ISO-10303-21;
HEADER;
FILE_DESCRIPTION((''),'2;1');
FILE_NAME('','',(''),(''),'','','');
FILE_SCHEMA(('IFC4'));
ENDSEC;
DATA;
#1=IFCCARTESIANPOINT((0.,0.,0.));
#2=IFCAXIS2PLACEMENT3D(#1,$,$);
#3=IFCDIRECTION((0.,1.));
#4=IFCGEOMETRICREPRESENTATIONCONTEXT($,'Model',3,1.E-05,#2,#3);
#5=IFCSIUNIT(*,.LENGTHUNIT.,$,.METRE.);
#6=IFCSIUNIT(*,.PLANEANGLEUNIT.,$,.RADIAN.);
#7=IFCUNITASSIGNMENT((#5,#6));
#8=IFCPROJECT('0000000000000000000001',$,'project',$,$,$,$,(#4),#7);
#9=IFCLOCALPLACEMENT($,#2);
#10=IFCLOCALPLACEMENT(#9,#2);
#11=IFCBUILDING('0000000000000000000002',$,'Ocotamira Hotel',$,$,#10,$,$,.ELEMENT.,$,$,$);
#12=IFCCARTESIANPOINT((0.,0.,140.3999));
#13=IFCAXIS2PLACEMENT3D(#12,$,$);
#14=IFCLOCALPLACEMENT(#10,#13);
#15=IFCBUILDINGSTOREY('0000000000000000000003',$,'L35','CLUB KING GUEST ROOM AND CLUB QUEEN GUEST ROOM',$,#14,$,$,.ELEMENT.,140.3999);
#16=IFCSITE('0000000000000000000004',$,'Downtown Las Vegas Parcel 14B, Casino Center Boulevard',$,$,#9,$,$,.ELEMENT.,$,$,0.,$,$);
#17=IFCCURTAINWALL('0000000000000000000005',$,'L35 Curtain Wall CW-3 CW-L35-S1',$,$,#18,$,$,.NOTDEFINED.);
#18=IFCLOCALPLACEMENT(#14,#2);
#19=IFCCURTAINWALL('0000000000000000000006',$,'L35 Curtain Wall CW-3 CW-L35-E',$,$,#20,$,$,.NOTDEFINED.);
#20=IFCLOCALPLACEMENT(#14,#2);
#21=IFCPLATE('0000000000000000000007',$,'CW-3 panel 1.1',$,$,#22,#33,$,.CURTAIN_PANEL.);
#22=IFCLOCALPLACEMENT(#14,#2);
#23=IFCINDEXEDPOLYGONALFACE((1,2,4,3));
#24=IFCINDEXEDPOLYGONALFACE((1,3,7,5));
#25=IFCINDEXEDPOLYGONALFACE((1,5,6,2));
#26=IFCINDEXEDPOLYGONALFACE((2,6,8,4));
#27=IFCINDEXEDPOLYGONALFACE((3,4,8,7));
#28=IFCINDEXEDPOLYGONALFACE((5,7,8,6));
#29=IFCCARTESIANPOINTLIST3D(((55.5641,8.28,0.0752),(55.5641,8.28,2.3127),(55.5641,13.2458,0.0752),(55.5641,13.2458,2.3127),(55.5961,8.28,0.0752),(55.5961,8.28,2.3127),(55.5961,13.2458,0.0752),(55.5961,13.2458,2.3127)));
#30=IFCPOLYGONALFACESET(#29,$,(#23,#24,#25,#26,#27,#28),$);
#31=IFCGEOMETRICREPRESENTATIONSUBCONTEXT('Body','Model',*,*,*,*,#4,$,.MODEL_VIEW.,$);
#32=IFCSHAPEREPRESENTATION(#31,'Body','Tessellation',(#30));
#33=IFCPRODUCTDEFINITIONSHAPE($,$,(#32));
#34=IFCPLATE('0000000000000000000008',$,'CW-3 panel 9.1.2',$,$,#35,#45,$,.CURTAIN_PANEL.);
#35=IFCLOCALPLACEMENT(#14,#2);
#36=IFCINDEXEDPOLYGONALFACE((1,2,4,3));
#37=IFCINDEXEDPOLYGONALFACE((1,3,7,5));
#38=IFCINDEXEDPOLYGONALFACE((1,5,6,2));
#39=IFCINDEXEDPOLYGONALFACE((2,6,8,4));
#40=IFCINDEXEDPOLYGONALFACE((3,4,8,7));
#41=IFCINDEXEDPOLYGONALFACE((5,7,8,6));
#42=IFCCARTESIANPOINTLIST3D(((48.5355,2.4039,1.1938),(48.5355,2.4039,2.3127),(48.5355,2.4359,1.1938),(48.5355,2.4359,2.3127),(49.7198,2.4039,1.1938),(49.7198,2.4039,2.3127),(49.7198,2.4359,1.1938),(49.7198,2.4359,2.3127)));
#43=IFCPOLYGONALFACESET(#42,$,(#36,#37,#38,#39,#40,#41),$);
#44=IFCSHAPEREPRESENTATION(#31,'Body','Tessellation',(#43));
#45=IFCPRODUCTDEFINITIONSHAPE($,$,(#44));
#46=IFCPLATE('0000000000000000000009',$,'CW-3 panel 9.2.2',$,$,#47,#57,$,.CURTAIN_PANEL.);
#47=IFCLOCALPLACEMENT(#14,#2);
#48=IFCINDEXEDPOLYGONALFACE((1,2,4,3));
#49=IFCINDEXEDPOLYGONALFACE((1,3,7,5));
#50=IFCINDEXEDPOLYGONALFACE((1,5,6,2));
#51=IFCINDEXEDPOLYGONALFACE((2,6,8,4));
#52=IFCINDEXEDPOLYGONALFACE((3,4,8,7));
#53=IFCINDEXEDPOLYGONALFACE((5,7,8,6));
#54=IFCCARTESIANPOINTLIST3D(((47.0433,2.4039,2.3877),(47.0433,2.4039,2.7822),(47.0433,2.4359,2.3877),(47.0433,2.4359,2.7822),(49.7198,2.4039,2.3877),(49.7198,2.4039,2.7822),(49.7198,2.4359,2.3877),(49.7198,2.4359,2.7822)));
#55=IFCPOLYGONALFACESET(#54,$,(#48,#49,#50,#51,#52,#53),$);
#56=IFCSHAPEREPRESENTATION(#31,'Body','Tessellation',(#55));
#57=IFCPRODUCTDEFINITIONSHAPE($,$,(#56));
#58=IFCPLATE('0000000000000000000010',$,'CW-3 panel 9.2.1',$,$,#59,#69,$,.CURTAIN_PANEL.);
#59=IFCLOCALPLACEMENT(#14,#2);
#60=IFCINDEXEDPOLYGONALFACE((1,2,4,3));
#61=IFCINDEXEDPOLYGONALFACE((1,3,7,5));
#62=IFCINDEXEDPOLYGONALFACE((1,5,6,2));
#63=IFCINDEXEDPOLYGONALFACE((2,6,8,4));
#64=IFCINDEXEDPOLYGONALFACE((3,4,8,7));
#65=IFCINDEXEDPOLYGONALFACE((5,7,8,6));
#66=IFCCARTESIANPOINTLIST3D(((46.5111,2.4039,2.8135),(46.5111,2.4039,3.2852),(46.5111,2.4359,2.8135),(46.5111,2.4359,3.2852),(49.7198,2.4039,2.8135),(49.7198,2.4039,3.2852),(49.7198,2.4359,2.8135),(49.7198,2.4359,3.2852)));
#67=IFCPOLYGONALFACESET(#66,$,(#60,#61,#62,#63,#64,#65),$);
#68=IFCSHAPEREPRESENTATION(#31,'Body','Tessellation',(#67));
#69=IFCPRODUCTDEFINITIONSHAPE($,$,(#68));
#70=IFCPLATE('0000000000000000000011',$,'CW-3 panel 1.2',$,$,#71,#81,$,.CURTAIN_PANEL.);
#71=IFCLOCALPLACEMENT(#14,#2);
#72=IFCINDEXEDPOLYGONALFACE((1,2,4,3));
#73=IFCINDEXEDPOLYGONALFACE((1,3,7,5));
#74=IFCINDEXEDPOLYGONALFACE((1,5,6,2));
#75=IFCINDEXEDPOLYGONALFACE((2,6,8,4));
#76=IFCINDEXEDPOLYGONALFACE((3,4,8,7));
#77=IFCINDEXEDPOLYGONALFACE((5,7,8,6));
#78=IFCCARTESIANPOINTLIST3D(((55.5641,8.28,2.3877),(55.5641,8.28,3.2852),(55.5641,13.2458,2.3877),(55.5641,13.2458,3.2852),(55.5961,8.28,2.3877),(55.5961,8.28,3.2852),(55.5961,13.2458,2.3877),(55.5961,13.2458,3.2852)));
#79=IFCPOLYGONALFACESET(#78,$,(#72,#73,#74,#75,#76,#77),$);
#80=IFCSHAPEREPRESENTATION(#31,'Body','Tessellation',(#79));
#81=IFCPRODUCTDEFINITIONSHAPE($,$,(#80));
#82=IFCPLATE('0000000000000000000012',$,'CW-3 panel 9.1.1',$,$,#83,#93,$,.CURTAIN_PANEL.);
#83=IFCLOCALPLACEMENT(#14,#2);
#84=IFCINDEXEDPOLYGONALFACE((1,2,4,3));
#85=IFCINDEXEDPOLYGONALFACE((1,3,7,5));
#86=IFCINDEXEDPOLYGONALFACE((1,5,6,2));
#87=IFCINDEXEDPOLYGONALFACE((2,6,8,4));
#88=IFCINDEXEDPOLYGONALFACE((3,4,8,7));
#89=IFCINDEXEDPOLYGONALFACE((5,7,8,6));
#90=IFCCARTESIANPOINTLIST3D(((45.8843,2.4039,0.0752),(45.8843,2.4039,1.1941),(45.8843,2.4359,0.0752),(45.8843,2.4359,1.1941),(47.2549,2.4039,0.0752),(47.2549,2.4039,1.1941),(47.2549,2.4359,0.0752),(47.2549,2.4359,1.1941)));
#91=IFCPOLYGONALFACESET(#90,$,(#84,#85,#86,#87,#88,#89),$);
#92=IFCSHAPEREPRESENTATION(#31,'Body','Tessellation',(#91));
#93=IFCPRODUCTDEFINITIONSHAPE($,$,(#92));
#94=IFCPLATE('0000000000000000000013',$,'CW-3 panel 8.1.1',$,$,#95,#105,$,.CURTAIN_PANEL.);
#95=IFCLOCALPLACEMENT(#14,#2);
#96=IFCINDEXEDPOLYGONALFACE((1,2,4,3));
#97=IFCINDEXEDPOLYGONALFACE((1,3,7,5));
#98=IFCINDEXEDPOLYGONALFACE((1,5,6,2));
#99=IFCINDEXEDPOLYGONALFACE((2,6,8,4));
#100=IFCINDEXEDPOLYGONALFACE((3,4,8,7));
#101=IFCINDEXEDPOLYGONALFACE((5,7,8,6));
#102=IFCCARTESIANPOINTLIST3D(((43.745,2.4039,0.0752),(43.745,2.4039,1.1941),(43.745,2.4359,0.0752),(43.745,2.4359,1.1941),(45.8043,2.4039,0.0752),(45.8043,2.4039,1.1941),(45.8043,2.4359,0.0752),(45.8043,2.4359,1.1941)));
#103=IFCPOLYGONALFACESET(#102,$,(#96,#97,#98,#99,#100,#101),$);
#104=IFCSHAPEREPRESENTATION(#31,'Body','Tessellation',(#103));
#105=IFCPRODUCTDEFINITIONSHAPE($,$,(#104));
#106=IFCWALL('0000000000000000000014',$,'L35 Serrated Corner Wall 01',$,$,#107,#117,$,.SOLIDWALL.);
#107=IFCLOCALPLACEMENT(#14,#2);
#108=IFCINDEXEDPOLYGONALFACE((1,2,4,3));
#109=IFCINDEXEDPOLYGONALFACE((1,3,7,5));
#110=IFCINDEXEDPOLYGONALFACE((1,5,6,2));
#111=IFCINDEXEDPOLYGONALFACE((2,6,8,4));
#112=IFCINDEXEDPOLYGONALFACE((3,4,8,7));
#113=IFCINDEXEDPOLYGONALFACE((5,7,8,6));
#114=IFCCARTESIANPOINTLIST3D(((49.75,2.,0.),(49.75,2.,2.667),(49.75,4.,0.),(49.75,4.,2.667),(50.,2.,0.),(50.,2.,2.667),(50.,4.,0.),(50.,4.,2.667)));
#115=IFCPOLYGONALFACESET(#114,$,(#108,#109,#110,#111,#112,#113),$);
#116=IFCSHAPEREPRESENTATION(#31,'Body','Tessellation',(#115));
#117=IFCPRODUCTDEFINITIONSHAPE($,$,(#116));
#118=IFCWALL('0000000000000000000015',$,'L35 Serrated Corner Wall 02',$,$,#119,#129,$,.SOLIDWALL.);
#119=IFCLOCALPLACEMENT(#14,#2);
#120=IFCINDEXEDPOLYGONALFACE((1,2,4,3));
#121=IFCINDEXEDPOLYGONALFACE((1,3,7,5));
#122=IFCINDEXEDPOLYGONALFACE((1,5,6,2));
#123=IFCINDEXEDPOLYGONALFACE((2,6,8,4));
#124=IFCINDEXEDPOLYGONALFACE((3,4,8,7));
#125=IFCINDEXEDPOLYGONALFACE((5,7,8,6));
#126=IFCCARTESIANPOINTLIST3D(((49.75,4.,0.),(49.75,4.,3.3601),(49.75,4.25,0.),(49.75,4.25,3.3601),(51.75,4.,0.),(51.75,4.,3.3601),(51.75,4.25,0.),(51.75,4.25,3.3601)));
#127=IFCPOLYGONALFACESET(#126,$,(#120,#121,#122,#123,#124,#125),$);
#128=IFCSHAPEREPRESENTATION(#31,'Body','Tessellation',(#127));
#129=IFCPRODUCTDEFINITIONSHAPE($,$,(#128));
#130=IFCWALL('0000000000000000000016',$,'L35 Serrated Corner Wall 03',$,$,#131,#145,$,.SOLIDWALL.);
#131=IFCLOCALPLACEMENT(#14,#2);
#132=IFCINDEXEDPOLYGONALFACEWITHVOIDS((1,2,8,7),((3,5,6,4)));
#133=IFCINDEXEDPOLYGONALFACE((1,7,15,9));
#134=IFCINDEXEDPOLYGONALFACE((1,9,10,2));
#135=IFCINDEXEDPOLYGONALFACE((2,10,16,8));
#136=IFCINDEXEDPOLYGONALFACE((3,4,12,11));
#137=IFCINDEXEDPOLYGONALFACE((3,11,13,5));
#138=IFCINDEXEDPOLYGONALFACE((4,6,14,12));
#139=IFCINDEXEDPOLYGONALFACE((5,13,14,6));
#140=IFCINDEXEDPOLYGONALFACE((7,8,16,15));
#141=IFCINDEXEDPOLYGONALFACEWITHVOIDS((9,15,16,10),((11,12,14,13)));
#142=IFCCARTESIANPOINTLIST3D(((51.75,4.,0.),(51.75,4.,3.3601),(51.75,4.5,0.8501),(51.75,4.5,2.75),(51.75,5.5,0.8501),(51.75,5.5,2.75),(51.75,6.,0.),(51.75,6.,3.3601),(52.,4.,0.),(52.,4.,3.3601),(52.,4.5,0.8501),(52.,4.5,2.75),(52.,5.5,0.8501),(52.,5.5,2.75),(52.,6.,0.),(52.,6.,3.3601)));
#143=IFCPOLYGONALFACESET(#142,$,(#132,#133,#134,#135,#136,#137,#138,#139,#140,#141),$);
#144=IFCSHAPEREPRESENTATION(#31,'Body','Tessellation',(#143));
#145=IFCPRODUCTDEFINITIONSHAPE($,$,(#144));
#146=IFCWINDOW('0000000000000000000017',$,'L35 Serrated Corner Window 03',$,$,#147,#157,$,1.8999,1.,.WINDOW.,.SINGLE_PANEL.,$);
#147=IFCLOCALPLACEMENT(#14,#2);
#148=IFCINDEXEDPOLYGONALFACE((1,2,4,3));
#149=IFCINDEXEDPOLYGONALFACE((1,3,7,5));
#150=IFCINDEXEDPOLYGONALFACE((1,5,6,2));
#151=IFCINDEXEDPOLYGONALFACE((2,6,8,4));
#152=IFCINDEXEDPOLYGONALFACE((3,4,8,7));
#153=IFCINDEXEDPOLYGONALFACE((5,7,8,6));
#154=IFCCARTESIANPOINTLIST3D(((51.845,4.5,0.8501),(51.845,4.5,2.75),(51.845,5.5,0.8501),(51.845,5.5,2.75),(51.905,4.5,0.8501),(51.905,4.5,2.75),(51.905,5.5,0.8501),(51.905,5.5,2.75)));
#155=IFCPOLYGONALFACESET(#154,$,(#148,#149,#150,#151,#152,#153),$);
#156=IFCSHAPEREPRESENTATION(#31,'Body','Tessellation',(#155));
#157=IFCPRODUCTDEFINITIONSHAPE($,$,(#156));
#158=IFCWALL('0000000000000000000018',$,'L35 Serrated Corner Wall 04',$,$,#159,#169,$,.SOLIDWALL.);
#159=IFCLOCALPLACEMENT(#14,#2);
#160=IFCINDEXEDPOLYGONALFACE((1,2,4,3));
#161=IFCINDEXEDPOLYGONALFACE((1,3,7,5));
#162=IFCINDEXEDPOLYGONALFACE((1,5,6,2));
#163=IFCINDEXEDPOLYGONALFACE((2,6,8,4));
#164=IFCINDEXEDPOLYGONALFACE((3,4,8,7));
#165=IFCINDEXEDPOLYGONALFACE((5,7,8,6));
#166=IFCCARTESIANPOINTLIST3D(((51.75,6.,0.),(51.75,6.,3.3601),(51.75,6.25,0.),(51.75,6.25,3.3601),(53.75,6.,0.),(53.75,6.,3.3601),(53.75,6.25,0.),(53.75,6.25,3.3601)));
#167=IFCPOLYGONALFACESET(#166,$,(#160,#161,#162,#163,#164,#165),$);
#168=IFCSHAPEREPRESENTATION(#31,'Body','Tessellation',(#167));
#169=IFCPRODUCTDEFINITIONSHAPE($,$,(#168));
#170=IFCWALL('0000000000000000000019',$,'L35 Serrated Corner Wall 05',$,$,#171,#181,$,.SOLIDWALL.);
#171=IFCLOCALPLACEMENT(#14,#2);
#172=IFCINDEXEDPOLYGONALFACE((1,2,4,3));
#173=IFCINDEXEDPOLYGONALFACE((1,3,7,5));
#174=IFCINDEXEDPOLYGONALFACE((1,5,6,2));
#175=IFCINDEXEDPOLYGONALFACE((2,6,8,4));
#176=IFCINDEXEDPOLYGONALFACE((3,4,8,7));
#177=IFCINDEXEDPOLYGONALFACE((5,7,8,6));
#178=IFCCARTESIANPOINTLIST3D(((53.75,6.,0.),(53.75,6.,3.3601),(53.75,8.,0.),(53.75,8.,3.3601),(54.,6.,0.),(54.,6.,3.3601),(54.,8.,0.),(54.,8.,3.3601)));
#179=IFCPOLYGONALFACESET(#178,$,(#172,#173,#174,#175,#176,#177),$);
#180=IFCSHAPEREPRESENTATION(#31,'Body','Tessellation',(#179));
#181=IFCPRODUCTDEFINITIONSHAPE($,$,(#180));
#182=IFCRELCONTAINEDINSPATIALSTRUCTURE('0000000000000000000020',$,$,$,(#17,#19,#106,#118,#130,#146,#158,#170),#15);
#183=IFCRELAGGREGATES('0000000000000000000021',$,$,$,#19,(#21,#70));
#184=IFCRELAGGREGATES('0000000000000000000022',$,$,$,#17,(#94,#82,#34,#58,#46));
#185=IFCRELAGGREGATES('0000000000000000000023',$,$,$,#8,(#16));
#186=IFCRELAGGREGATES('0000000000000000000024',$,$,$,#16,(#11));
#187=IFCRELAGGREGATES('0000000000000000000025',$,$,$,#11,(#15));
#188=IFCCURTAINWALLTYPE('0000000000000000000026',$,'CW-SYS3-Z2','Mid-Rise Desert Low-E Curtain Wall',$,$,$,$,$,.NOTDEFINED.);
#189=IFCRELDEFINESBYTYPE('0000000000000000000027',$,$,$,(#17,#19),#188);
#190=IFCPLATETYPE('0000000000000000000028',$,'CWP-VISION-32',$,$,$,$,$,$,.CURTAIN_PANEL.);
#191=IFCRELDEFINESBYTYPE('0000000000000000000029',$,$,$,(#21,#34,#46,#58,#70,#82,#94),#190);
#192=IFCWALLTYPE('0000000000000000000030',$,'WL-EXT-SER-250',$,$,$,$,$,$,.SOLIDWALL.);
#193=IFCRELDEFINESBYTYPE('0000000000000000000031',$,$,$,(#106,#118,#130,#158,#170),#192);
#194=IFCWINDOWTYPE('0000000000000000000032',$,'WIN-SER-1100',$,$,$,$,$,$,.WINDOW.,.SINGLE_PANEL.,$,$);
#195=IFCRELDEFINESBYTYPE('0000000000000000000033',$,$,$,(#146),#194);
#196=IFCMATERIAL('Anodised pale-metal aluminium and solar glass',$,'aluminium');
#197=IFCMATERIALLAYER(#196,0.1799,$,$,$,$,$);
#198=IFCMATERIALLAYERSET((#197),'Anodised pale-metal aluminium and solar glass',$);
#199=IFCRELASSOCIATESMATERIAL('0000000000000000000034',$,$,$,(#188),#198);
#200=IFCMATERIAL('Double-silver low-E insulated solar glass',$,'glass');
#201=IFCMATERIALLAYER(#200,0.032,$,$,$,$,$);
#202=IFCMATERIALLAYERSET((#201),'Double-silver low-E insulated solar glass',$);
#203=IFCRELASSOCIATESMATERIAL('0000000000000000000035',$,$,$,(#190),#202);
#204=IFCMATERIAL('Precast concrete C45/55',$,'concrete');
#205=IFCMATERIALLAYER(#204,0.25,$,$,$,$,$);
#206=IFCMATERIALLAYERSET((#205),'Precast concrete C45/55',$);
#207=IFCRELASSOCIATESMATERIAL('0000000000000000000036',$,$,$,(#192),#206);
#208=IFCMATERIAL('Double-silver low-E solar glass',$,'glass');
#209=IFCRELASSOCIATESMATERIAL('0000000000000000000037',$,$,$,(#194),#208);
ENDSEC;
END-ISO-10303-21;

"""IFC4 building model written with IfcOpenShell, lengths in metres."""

from ifc_helpers import new_model, si_unit, direction, frame, frame_2d, origin, origin_2d, place, context, subcontext, project, spatial, rectangle, extrude, source, transform, mapped, material, layer, layer_set, type_object, element, fill, aggregate, save


model = new_model("IFC4")

# Units and contexts
model_context = context("Model", 3, precision=1e-05, world=origin(), true_north=direction((0.0, 1.0)))
body_context = subcontext(model_context, "Body", "Model", "MODEL_VIEW")
ifc_project = project(units=[si_unit("LENGTHUNIT", "METRE"), si_unit("PLANEANGLEUNIT", "RADIAN")], contexts=[model_context])

# Site, building, storey
site_placement = place(None, origin())
site = spatial("IfcSite", under=ifc_project, at=site_placement, Name="Downtown Las Vegas Parcel 14B, Casino Center Boulevard", CompositionType="ELEMENT", RefElevation=0.0)
building_placement = place(site_placement, origin())
building = spatial("IfcBuilding", under=site, at=building_placement, Name="Ocotamira Hotel", CompositionType="ELEMENT")
storey_placement = place(building_placement, frame((0.0, 0.0, 140.3999)))
storey = spatial("IfcBuildingStorey", under=building, at=storey_placement, Name="L35", Description="CLUB KING GUEST ROOM AND CLUB QUEEN GUEST ROOM", CompositionType="ELEMENT", Elevation=140.3999)

# Curtain walls
ifc_material_1 = material(Name="Anodised pale-metal aluminium and solar glass", Category="aluminium")
ifc_layer_1 = layer(ifc_material_1, 0.1799)
ifc_layer_set_1 = layer_set([ifc_layer_1], Name="Anodised pale-metal aluminium and solar glass")
curtain_wall_type = type_object("IfcCurtainWallType", Name="CW-SYS3-Z2", Description="Mid-Rise Desert Low-E Curtain Wall", PredefinedType="NOTDEFINED", material=ifc_layer_set_1)
curtain_wall_1_placement = place(storey_placement, origin())
curtain_wall_1 = element("IfcCurtainWall", 1, at=curtain_wall_1_placement, inside=storey, type_object=curtain_wall_type, Name="L35 Curtain Wall CW-3 CW-L35-S1", PredefinedType="NOTDEFINED")
curtain_wall_2_placement = place(storey_placement, origin())
curtain_wall_2 = element("IfcCurtainWall", 2, at=curtain_wall_2_placement, inside=storey, type_object=curtain_wall_type, Name="L35 Curtain Wall CW-3 CW-L35-E", PredefinedType="NOTDEFINED")

# Plates
ifc_material_2 = material(Name="Double-silver low-E insulated solar glass", Category="glass")
ifc_layer_2 = layer(ifc_material_2, 0.032)
ifc_layer_set_2 = layer_set([ifc_layer_2], Name="Double-silver low-E insulated solar glass")
plate_type_1 = type_object("IfcPlateType", Name="CWP-VISION-32", PredefinedType="CURTAIN_PANEL", material=ifc_layer_set_2)
shared_shape_1 = source(origin(), body_context, "Body", "SweptSolid", [
    extrude(rectangle(XDim=4.9658, YDim=0.032, at=origin_2d()), origin(), (0.0, 0.0, 1.0), 2.2375),
])
plate_1_placement = place(storey_placement, frame((55.5801, 10.7629, 0.0752), z_axis=(0.0, 0.0, 1.0), x_axis=(0.0, 1.0, 0.0)))
plate_1 = element("IfcPlate", 3, at=plate_1_placement, type_object=plate_type_1, Name="CW-3 panel 1.1", PredefinedType="CURTAIN_PANEL", context=body_context, shape_type="MappedRepresentation", body=[
    mapped(shared_shape_1, transform((0.0, 0.0, 0.0), scale=1.0)),
])
shared_shape_2 = source(origin(), body_context, "Body", "SweptSolid", [
    extrude(rectangle(XDim=1.1843, YDim=0.032, at=origin_2d()), origin(), (0.0, 0.0, 1.0), 1.1189),
])
plate_2_placement = place(storey_placement, frame((49.1277, 2.4199, 1.1938), z_axis=(0.0, 0.0, 1.0), x_axis=(1.0, 0.0, 0.0)))
plate_2 = element("IfcPlate", 4, at=plate_2_placement, type_object=plate_type_1, Name="CW-3 panel 9.1.2", PredefinedType="CURTAIN_PANEL", context=body_context, shape_type="MappedRepresentation", body=[
    mapped(shared_shape_2, transform((0.0, 0.0, 0.0), scale=1.0)),
])
shared_shape_3 = source(origin(), body_context, "Body", "SweptSolid", [
    extrude(rectangle(XDim=2.6765, YDim=0.032, at=origin_2d()), origin(), (0.0, 0.0, 1.0), 0.3945),
])
plate_3_placement = place(storey_placement, frame((48.3816, 2.4199, 2.3877), z_axis=(0.0, 0.0, 1.0), x_axis=(1.0, 0.0, 0.0)))
plate_3 = element("IfcPlate", 5, at=plate_3_placement, type_object=plate_type_1, Name="CW-3 panel 9.2.2", PredefinedType="CURTAIN_PANEL", context=body_context, shape_type="MappedRepresentation", body=[
    mapped(shared_shape_3, transform((0.0, 0.0, 0.0), scale=1.0)),
])
shared_shape_4 = source(origin(), body_context, "Body", "SweptSolid", [
    extrude(rectangle(XDim=3.2087, YDim=0.032, at=origin_2d()), origin(), (0.0, 0.0, 1.0), 0.4717),
])
plate_4_placement = place(storey_placement, frame((48.1155, 2.4199, 2.8135), z_axis=(0.0, 0.0, 1.0), x_axis=(1.0, 0.0, 0.0)))
plate_4 = element("IfcPlate", 6, at=plate_4_placement, type_object=plate_type_1, Name="CW-3 panel 9.2.1", PredefinedType="CURTAIN_PANEL", context=body_context, shape_type="MappedRepresentation", body=[
    mapped(shared_shape_4, transform((0.0, 0.0, 0.0), scale=1.0)),
])
shared_shape_5 = source(origin(), body_context, "Body", "SweptSolid", [
    extrude(rectangle(XDim=4.9658, YDim=0.032, at=origin_2d()), origin(), (0.0, 0.0, 1.0), 0.8975),
])
plate_5_placement = place(storey_placement, frame((55.5801, 10.7629, 2.3877), z_axis=(0.0, 0.0, 1.0), x_axis=(0.0, 1.0, 0.0)))
plate_5 = element("IfcPlate", 7, at=plate_5_placement, type_object=plate_type_1, Name="CW-3 panel 1.2", PredefinedType="CURTAIN_PANEL", context=body_context, shape_type="MappedRepresentation", body=[
    mapped(shared_shape_5, transform((0.0, 0.0, 0.0), scale=1.0)),
])
aggregate(curtain_wall_2, [plate_1, plate_5])
shared_shape_6 = source(origin(), body_context, "Body", "SweptSolid", [
    extrude(rectangle(XDim=1.3706, YDim=0.032, at=origin_2d()), origin(), (0.0, 0.0, 1.0), 1.1189),
])
plate_6_placement = place(storey_placement, frame((46.5696, 2.4199, 0.0752), z_axis=(0.0, 0.0, 1.0), x_axis=(1.0, 0.0, 0.0)))
plate_6 = element("IfcPlate", 8, at=plate_6_placement, type_object=plate_type_1, Name="CW-3 panel 9.1.1", PredefinedType="CURTAIN_PANEL", context=body_context, shape_type="MappedRepresentation", body=[
    mapped(shared_shape_6, transform((0.0, 0.0, 0.0), scale=1.0)),
])
shared_shape_7 = source(origin(), body_context, "Body", "SweptSolid", [
    extrude(rectangle(XDim=2.0593, YDim=0.032, at=origin_2d()), origin(), (0.0, 0.0, 1.0), 1.1189),
])
plate_7_placement = place(storey_placement, frame((44.7747, 2.4199, 0.0752), z_axis=(0.0, 0.0, 1.0), x_axis=(1.0, 0.0, 0.0)))
plate_7 = element("IfcPlate", 9, at=plate_7_placement, type_object=plate_type_1, Name="CW-3 panel 8.1.1", PredefinedType="CURTAIN_PANEL", context=body_context, shape_type="MappedRepresentation", body=[
    mapped(shared_shape_7, transform((0.0, 0.0, 0.0), scale=1.0)),
])
aggregate(curtain_wall_1, [plate_7, plate_6, plate_2, plate_4, plate_3])

# Walls
ifc_material_3 = material(Name="Precast concrete C45/55", Category="concrete")
ifc_layer_3 = layer(ifc_material_3, 0.25)
ifc_layer_set_3 = layer_set([ifc_layer_3], Name="Precast concrete C45/55")
wall_type_1 = type_object("IfcWallType", Name="WL-EXT-SER-250", PredefinedType="SOLIDWALL", material=ifc_layer_set_3)
wall_1_placement = place(storey_placement, frame((49.875, 2.0, 0.0), z_axis=(0.0, 0.0, 1.0), x_axis=(0.0, 1.0, 0.0)))
element("IfcWall", 10, at=wall_1_placement, inside=storey, type_object=wall_type_1, Name="L35 Serrated Corner Wall 01", PredefinedType="SOLIDWALL", context=body_context, shape_type="SweptSolid", body=[
    extrude(rectangle(XDim=2.0, YDim=0.25, at=frame_2d((1.0, 0.0))), origin(), (0.0, 0.0, 1.0), 2.667),
])
wall_2_placement = place(storey_placement, frame((49.75, 4.125, 0.0), z_axis=(0.0, 0.0, 1.0), x_axis=(1.0, 0.0, 0.0)))
element("IfcWall", 11, at=wall_2_placement, inside=storey, type_object=wall_type_1, Name="L35 Serrated Corner Wall 02", PredefinedType="SOLIDWALL", context=body_context, shape_type="SweptSolid", body=[
    extrude(rectangle(XDim=2.0, YDim=0.25, at=frame_2d((1.0, 0.0))), origin(), (0.0, 0.0, 1.0), 3.3601),
])

# Wall, opening, window
wall_3_placement = place(storey_placement, frame((51.875, 4.0, 0.0), z_axis=(0.0, 0.0, 1.0), x_axis=(0.0, 1.0, 0.0)))
wall_3 = element("IfcWall", 12, at=wall_3_placement, inside=storey, type_object=wall_type_1, Name="L35 Serrated Corner Wall 03", PredefinedType="SOLIDWALL", context=body_context, shape_type="SweptSolid", body=[
    extrude(rectangle(XDim=2.0, YDim=0.25, at=frame_2d((1.0, 0.0))), origin(), (0.0, 0.0, 1.0), 3.3601),
])
opening_1_placement = place(wall_3_placement, frame((0.5, 0.0, 0.8501)))
opening_1 = element("IfcOpeningElement", 13, at=opening_1_placement, cuts=wall_3, PredefinedType="OPENING", context=body_context, shape_type="SweptSolid", body=[
    extrude(rectangle(XDim=1.0, YDim=1.8999, at=frame_2d((0.5, 0.95))), frame((0.0, 0.135, 0.0), z_axis=(0.0, -1.0, 0.0), x_axis=(1.0, 0.0, 0.0)), (0.0, 0.0, 1.0), 0.27),
])
ifc_material_4 = material(Name="Double-silver low-E solar glass", Category="glass")
window_type = type_object("IfcWindowType", Name="WIN-SER-1100", PartitioningType="SINGLE_PANEL", PredefinedType="WINDOW", material=ifc_material_4)
shared_shape_8 = source(origin(), body_context, "Body", "SweptSolid", [
    extrude(rectangle(XDim=1.0, YDim=1.8999, at=frame_2d((0.5, 0.95))), frame((0.0, 0.03, 0.0), z_axis=(0.0, -1.0, 0.0), x_axis=(1.0, 0.0, 0.0)), (0.0, 0.0, 1.0), 0.0601),
])
window_placement = place(opening_1_placement, origin())
window = element("IfcWindow", 14, at=window_placement, inside=storey, type_object=window_type, Name="L35 Serrated Corner Window 03", OverallHeight=1.8999, OverallWidth=1.0, PartitioningType="SINGLE_PANEL", PredefinedType="WINDOW", context=body_context, shape_type="MappedRepresentation", body=[
    mapped(shared_shape_8, transform((0.0, 0.0, 0.0), scale=1.0)),
])
fill(opening_1, window)

# Walls
for number, where, z_axis, x_axis, name in (
    (15, (51.75, 6.125, 0.0), (0.0, 0.0, 1.0), (1.0, 0.0, 0.0), "L35 Serrated Corner Wall 04"),
    (16, (53.875, 6.0, 0.0), (0.0, 0.0, 1.0), (0.0, 1.0, 0.0), "L35 Serrated Corner Wall 05"),
):
    element("IfcWall", number, at=place(storey_placement, frame(where, z_axis=z_axis, x_axis=x_axis)), inside=storey, type_object=wall_type_1, Name=name, PredefinedType="SOLIDWALL", context=body_context, shape_type="SweptSolid", body=[
        extrude(rectangle(XDim=2.0, YDim=0.25, at=frame_2d((1.0, 0.0))), origin(), (0.0, 0.0, 1.0), 3.3601),
    ])

save(model, "model.ifc")
